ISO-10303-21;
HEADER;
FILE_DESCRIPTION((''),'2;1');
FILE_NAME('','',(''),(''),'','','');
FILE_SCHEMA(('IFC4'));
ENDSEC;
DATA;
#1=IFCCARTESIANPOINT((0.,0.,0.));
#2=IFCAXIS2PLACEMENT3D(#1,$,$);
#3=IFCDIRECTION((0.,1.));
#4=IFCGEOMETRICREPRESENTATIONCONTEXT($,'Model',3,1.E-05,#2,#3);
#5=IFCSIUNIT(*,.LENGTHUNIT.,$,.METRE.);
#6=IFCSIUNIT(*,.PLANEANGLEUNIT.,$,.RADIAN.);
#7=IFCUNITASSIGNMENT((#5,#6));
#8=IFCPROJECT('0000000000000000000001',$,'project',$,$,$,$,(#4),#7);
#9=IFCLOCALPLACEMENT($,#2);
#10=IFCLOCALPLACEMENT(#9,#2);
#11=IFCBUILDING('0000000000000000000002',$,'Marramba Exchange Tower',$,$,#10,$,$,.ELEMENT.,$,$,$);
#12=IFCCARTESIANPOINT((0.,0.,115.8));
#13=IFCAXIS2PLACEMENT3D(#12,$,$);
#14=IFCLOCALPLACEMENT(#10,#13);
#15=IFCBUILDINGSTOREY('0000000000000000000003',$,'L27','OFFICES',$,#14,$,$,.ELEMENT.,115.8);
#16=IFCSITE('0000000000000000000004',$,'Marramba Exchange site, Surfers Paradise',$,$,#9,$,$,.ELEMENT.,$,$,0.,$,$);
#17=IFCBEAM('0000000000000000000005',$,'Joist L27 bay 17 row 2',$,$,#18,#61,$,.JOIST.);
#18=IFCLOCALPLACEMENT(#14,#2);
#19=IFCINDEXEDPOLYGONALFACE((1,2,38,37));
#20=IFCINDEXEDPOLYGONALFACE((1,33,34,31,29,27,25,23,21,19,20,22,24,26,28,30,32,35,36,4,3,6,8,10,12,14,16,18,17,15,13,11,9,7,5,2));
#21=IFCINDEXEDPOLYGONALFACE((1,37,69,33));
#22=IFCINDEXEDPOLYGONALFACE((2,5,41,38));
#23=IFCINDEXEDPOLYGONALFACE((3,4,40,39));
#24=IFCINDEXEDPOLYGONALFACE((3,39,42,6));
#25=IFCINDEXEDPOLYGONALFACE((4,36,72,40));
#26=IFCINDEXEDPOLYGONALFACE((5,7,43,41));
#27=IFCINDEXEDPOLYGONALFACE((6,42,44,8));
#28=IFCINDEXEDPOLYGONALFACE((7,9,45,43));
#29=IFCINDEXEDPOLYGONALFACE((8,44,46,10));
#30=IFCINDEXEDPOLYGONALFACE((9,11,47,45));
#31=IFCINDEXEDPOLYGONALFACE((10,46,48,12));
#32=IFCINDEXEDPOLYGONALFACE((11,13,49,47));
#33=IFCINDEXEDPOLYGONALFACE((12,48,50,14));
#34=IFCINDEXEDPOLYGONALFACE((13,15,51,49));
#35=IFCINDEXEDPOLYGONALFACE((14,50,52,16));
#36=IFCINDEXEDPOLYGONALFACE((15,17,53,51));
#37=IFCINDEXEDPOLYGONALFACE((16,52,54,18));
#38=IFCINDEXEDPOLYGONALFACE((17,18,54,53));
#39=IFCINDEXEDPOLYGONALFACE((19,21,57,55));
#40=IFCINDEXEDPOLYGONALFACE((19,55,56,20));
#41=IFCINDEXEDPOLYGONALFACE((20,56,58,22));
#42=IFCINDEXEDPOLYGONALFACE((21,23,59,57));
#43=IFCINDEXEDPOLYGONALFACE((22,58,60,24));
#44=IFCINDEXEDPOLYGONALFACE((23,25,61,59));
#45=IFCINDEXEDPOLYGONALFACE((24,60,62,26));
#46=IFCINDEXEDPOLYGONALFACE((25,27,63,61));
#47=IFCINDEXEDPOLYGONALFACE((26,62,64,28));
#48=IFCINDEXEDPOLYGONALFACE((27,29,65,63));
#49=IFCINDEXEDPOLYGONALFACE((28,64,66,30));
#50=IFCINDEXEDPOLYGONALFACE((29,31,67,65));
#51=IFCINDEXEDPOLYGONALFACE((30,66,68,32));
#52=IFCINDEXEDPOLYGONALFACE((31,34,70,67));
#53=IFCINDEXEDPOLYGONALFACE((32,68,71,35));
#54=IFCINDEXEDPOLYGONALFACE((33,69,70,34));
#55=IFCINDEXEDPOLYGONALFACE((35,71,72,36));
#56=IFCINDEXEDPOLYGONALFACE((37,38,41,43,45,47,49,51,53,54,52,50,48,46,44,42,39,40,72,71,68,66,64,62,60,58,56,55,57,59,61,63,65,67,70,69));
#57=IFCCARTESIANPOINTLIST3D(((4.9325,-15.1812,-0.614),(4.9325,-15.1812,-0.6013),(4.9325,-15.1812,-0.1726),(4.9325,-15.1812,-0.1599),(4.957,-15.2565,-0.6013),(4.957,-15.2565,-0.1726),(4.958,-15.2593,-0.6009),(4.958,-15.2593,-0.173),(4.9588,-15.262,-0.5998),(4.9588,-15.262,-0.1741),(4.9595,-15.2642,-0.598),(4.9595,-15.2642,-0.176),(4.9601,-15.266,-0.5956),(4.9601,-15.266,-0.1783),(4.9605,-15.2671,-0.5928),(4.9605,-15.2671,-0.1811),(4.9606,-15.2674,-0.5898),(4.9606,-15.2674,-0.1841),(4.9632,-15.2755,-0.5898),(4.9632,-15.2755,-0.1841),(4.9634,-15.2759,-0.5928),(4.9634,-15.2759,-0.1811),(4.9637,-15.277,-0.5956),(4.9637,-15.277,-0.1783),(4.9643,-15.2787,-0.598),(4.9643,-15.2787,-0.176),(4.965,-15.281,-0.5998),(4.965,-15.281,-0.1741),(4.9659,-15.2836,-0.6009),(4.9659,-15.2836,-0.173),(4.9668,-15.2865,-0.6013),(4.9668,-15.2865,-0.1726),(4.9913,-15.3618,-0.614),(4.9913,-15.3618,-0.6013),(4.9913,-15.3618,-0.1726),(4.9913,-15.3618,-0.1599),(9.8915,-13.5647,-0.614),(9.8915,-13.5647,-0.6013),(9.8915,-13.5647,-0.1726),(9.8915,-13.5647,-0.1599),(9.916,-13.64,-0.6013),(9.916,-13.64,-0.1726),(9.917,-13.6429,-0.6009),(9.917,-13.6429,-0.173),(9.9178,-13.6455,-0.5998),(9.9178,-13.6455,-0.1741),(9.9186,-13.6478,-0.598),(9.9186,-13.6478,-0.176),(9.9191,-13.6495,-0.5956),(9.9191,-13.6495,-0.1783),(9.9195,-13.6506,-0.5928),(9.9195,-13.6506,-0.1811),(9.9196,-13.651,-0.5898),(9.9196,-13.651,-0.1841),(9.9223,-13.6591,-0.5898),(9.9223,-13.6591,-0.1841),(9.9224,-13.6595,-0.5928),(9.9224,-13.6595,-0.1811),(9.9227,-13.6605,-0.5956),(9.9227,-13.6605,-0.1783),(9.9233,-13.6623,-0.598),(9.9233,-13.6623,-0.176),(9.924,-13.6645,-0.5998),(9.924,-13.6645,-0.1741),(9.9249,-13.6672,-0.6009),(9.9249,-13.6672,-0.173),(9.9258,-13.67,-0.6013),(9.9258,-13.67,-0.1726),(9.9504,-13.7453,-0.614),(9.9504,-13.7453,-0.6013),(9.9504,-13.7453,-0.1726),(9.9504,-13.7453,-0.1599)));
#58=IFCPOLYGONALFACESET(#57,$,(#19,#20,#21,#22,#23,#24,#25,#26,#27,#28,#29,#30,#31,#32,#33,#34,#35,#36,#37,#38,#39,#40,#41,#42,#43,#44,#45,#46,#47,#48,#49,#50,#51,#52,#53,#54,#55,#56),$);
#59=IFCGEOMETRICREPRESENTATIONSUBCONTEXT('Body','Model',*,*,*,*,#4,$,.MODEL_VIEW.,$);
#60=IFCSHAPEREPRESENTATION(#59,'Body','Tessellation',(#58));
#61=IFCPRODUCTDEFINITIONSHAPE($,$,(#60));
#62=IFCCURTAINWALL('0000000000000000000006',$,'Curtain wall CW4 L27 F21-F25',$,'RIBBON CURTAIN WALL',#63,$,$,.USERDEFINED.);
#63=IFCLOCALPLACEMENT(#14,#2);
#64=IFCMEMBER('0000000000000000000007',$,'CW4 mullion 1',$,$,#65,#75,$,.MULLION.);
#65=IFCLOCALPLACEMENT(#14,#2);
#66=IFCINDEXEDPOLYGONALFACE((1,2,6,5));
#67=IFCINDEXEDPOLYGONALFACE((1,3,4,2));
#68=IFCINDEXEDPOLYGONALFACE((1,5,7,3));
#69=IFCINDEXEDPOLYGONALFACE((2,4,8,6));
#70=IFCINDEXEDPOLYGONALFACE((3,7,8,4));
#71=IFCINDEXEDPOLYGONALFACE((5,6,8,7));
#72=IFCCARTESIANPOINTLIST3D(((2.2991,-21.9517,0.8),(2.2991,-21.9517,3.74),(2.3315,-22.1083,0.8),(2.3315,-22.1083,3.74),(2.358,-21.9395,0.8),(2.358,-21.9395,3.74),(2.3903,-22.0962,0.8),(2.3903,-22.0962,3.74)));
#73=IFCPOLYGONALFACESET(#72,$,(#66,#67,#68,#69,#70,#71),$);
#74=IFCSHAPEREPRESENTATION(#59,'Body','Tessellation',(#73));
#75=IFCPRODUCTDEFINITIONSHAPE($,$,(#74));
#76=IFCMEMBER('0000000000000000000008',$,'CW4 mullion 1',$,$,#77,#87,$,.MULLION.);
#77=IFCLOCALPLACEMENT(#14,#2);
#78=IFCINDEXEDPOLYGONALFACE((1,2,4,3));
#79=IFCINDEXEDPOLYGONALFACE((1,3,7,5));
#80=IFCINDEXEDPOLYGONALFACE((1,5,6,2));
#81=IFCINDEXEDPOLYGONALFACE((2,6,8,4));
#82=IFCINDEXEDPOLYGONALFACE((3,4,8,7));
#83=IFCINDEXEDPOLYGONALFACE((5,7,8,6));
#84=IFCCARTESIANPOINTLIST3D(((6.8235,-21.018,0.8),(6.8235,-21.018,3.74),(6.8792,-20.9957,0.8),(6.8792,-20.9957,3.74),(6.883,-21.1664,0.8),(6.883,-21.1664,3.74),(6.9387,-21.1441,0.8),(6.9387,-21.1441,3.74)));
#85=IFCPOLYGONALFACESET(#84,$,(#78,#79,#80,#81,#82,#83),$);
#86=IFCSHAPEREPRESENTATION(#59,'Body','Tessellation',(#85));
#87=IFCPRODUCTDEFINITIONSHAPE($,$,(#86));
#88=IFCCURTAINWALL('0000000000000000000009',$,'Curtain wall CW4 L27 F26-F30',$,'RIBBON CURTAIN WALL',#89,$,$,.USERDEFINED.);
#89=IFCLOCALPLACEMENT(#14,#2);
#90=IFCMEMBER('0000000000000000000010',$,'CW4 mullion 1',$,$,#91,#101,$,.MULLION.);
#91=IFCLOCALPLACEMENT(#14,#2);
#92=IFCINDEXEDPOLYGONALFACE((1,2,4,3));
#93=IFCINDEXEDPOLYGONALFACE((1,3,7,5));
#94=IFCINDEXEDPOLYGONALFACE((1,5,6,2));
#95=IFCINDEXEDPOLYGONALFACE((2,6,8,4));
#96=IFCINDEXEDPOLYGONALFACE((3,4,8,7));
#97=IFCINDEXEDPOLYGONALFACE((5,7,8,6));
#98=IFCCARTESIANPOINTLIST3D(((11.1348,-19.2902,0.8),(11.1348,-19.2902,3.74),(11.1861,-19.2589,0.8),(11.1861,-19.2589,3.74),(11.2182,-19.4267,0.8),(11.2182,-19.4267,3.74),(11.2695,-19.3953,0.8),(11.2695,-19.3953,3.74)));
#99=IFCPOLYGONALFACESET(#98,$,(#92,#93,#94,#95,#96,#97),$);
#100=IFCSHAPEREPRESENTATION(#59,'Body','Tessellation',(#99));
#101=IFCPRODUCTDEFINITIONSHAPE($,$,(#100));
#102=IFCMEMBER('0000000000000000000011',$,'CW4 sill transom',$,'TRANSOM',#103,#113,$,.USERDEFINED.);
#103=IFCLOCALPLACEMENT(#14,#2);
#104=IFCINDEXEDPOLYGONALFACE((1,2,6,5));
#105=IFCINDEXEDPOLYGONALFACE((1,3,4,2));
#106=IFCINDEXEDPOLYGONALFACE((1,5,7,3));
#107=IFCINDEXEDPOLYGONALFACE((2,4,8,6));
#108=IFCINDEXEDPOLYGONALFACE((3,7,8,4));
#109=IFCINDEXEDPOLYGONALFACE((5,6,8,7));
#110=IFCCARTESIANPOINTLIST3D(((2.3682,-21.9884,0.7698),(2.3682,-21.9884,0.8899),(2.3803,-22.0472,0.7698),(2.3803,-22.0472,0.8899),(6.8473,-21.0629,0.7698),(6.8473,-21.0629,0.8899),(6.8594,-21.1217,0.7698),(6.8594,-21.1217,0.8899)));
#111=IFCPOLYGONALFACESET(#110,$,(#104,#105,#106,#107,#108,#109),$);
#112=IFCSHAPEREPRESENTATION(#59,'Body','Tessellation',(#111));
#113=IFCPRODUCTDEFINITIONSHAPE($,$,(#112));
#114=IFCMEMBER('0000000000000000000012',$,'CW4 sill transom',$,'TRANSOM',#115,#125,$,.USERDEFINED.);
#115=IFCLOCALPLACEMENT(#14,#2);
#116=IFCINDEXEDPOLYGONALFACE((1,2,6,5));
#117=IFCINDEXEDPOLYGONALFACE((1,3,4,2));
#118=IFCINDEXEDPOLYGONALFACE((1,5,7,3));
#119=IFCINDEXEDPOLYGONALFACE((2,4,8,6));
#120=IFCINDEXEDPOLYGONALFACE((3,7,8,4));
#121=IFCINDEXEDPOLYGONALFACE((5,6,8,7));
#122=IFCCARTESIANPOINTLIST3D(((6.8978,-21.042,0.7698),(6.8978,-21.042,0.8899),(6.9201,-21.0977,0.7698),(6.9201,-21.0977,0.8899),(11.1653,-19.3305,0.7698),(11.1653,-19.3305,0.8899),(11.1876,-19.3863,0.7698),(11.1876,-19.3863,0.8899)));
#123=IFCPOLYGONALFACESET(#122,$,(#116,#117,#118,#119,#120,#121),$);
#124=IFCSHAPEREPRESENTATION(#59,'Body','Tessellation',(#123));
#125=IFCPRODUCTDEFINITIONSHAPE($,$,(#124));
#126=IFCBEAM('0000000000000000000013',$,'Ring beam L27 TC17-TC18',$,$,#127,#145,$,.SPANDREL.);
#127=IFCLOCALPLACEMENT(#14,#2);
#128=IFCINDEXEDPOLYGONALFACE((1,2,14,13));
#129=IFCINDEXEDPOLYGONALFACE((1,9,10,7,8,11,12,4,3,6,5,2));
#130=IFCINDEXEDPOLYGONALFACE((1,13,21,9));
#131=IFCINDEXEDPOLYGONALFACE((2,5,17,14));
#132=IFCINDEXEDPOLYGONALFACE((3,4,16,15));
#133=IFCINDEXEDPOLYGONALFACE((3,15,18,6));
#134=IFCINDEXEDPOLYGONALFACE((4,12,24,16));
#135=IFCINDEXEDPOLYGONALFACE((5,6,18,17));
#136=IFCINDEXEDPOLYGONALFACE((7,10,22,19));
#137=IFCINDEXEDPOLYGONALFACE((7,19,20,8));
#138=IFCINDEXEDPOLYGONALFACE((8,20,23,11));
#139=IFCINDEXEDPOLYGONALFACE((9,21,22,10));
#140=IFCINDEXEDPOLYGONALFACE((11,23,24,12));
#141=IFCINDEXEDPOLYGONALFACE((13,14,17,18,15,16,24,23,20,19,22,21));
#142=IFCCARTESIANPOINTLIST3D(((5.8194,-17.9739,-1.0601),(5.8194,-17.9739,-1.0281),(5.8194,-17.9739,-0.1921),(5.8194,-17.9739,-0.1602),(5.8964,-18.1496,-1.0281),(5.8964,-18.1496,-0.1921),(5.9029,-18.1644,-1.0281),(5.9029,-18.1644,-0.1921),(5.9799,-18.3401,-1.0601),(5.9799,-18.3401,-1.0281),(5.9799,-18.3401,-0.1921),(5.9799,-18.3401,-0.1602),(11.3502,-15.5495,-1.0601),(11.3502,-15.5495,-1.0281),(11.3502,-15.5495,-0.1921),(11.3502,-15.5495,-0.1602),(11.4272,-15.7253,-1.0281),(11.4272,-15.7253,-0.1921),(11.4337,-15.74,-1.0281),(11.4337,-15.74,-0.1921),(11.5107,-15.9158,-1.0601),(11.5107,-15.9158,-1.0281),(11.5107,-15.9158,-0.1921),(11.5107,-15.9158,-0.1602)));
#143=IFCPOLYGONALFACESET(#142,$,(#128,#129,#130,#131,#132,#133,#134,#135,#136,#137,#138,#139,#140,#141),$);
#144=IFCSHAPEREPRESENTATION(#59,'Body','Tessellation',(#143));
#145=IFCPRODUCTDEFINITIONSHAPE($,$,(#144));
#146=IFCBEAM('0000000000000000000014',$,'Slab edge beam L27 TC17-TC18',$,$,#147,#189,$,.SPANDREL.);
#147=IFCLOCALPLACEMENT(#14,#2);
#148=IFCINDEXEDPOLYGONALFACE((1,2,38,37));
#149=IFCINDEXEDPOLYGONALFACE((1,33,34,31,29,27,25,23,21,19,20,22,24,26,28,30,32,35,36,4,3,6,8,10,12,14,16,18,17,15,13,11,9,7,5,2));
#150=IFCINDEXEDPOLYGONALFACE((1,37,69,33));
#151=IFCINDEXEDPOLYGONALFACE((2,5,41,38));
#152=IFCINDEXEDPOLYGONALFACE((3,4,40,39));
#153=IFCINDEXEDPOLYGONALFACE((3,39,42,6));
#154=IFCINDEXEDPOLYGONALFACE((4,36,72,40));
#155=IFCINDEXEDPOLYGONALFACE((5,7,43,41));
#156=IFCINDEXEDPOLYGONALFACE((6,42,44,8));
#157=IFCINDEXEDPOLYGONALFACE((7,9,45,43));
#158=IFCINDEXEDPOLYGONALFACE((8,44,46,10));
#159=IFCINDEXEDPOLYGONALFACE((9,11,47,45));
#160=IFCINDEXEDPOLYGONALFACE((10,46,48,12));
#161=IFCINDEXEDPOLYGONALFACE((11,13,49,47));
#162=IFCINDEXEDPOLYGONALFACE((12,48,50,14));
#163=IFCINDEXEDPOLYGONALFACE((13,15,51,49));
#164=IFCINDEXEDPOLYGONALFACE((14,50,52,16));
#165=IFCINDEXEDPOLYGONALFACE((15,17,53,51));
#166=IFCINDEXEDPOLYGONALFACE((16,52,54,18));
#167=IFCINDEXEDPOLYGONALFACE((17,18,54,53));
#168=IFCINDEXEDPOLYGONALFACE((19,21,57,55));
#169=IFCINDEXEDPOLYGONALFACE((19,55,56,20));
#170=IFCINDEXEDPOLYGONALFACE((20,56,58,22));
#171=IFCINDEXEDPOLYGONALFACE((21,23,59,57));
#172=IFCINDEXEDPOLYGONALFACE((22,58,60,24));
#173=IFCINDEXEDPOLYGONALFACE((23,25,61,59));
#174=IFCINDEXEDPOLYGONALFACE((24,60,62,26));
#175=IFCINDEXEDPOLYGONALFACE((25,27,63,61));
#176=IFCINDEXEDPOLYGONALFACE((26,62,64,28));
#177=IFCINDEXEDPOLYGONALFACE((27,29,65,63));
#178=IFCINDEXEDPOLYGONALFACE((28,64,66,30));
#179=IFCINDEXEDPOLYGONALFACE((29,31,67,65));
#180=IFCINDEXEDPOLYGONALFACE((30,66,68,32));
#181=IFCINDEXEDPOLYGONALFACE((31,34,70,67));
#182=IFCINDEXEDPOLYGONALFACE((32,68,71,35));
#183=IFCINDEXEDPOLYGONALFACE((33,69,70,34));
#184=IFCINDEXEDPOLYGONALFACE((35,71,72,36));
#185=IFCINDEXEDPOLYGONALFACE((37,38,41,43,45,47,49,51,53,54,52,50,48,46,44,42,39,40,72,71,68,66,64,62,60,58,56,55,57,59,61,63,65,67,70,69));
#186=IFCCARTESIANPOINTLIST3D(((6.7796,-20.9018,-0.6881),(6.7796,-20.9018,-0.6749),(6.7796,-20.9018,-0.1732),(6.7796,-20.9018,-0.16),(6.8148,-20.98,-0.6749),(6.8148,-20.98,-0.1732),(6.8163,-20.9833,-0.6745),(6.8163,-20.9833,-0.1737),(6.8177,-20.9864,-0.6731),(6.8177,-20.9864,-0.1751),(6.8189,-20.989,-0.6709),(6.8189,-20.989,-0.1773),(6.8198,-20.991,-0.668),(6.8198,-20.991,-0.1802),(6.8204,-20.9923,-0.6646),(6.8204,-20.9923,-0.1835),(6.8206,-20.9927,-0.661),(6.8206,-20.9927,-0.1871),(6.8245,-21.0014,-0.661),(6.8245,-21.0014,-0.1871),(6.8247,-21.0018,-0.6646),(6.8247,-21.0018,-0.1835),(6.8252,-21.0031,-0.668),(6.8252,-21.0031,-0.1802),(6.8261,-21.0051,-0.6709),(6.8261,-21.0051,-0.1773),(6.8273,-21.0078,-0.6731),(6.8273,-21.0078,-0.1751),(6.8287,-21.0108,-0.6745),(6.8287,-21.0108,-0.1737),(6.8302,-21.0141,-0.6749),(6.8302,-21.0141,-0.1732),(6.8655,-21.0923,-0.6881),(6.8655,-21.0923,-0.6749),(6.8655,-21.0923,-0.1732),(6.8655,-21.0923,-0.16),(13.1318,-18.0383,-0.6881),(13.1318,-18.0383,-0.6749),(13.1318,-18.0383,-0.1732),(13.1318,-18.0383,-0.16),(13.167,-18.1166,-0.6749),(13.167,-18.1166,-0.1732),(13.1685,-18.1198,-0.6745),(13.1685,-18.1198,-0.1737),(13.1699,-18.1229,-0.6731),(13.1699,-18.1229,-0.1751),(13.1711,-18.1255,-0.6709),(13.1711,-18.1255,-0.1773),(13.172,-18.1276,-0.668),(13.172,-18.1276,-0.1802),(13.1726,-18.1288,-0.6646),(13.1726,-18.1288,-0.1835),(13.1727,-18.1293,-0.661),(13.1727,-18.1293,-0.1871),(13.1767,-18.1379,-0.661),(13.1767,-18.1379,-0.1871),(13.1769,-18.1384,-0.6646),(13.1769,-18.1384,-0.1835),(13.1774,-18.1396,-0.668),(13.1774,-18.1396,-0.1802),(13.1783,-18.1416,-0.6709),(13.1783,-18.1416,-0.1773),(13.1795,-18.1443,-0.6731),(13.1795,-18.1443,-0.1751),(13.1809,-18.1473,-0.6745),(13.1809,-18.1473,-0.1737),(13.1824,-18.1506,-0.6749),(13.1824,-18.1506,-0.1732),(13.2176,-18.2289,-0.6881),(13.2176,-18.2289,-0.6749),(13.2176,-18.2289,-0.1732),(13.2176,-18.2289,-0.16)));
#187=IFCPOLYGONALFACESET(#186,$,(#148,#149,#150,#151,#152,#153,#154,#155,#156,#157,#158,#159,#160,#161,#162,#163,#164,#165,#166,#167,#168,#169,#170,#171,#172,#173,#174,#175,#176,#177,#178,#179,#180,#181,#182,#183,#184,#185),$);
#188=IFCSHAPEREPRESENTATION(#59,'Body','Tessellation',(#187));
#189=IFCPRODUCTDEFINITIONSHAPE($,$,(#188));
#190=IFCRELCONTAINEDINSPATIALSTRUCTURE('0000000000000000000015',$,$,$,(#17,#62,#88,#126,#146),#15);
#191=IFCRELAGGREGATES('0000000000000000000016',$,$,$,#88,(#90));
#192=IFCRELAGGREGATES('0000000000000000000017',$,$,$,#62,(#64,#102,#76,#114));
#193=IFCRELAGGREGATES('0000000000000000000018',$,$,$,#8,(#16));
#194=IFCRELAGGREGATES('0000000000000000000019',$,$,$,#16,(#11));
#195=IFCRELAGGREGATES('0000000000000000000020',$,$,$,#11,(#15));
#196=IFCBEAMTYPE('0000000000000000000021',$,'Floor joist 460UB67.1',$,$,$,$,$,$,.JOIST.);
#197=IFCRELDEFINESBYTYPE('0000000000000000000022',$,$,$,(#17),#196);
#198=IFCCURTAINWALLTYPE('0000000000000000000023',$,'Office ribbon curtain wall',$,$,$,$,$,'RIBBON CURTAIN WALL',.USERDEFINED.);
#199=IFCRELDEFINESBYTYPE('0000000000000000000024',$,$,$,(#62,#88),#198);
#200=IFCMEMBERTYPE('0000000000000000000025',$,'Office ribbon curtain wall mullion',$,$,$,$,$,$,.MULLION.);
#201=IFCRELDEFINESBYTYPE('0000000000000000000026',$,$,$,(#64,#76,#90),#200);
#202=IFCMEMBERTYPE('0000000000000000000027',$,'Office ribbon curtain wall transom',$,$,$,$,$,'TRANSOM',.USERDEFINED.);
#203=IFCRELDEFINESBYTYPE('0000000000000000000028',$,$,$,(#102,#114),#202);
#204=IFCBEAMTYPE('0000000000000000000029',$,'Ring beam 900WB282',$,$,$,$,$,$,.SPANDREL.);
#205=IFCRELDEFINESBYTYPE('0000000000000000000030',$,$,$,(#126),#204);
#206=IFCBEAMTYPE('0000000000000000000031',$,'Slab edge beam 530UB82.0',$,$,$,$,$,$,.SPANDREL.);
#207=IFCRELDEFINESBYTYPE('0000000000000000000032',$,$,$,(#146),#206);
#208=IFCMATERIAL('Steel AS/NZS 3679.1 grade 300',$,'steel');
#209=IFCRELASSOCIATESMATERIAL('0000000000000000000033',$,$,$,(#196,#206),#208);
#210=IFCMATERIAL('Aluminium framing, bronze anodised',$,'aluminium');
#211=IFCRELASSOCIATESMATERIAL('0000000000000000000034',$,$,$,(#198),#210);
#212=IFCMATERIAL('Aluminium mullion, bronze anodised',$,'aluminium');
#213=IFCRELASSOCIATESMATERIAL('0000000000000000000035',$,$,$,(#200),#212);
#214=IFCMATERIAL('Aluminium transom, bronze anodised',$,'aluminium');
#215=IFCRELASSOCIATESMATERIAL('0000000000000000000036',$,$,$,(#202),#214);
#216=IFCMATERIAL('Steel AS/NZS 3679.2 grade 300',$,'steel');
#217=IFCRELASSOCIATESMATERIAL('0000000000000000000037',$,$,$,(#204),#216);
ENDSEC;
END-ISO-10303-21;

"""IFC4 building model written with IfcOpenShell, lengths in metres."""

from ifc_helpers import new_model, si_unit, direction, frame, origin, origin_2d, place, context, subcontext, project, spatial, rectangle, i_section, extrude, material, material_profile, profile_set, type_object, element, aggregate, save


model = new_model("IFC4")

# Units and contexts
model_context = context("Model", 3, precision=1e-05, world=origin(), true_north=direction((0.0, 1.0)))
body_context = subcontext(model_context, "Body", "Model", "MODEL_VIEW")
ifc_project = project(units=[si_unit("LENGTHUNIT", "METRE"), si_unit("PLANEANGLEUNIT", "RADIAN")], contexts=[model_context])

# Site, building, storey
site_placement = place(None, origin())
site = spatial("IfcSite", under=ifc_project, at=site_placement, Name="Marramba Exchange site, Surfers Paradise", CompositionType="ELEMENT", RefElevation=0.0)
building_placement = place(site_placement, origin())
building = spatial("IfcBuilding", under=site, at=building_placement, Name="Marramba Exchange Tower", CompositionType="ELEMENT")
storey_placement = place(building_placement, frame((0.0, 0.0, 115.8)))
storey = spatial("IfcBuildingStorey", under=building, at=storey_placement, Name="L27", Description="OFFICES", CompositionType="ELEMENT", Elevation=115.8)

# Beam
ifc_material_1 = material(Name="Steel AS/NZS 3679.2 grade 300", Category="steel")
ifc_material_2 = material(Name="Steel AS/NZS 3679.1 grade 300", Category="steel")
ifc_material_profile_1 = material_profile(ifc_material_2, i_section(OverallWidth=0.1899, OverallDepth=0.4541, WebThickness=0.0085, FlangeThickness=0.0127, FilletRadius=0.0115, at=origin_2d()), Name="460UB67.1")
ifc_profile_set_1 = profile_set([ifc_material_profile_1], Name="Steel AS/NZS 3679.1 grade 300")
beam_type_1 = type_object("IfcBeamType", Name="Floor joist 460UB67.1", PredefinedType="JOIST", material=ifc_profile_set_1)
beam_1_placement = place(storey_placement, frame((4.9619, -15.2715, -0.387), z_axis=(0.950764, 0.309916, 0.0), x_axis=(-0.309916, 0.950764, 0.0)))
element("IfcBeam", 1, at=beam_1_placement, inside=storey, type_object=beam_type_1, Name="Joist L27 bay 17 row 2", PredefinedType="JOIST", context=body_context, shape_type="SweptSolid", body=[
    extrude(i_section(OverallWidth=0.1899, OverallDepth=0.4541, WebThickness=0.0085, FlangeThickness=0.0127, FilletRadius=0.0115, at=origin_2d()), origin(), (0.0, 0.0, 1.0), 5.2158),
])

# Curtain wall, members
ifc_material_3 = material(Name="Aluminium framing, bronze anodised", Category="aluminium")
curtain_wall_type = type_object("IfcCurtainWallType", Name="Office ribbon curtain wall", ElementType="RIBBON CURTAIN WALL", PredefinedType="USERDEFINED", material=ifc_material_3)
curtain_wall_1_placement = place(storey_placement, origin())
curtain_wall_1 = element("IfcCurtainWall", 2, at=curtain_wall_1_placement, inside=storey, type_object=curtain_wall_type, Name="Curtain wall CW4 L27 F21-F25", ObjectType="RIBBON CURTAIN WALL", PredefinedType="USERDEFINED")
ifc_material_4 = material(Name="Aluminium mullion, bronze anodised", Category="aluminium")
ifc_material_profile_2 = material_profile(ifc_material_4, rectangle(XDim=0.1599, YDim=0.0601, at=origin_2d()), Name="CW4 mullion 60x160")
ifc_profile_set_2 = profile_set([ifc_material_profile_2], Name="Aluminium mullion, bronze anodised")
member_type_1 = type_object("IfcMemberType", Name="Office ribbon curtain wall mullion", PredefinedType="MULLION", material=ifc_profile_set_2)
member_1_placement = place(storey_placement, frame((2.3447, -22.0239, 0.8), z_axis=(0.0, 0.0, 1.0), x_axis=(-0.202365, 0.97931, 0.0)))
member_1 = element("IfcMember", 3, at=member_1_placement, type_object=member_type_1, Name="CW4 mullion 1", PredefinedType="MULLION", context=body_context, shape_type="SweptSolid", body=[
    extrude(rectangle(XDim=0.1599, YDim=0.0601, at=origin_2d()), origin(), (0.0, 0.0, 1.0), 2.9399),
])
member_2_placement = place(storey_placement, frame((6.8811, -21.0811, 0.8), z_axis=(0.0, 0.0, 1.0), x_axis=(-0.372209, 0.928149, 0.0)))
member_2 = element("IfcMember", 4, at=member_2_placement, type_object=member_type_1, Name="CW4 mullion 1", PredefinedType="MULLION", context=body_context, shape_type="SweptSolid", body=[
    extrude(rectangle(XDim=0.1599, YDim=0.0601, at=origin_2d()), origin(), (0.0, 0.0, 1.0), 2.9399),
])

# Curtain wall, member
curtain_wall_2_placement = place(storey_placement, origin())
curtain_wall_2 = element("IfcCurtainWall", 5, at=curtain_wall_2_placement, inside=storey, type_object=curtain_wall_type, Name="Curtain wall CW4 L27 F26-F30", ObjectType="RIBBON CURTAIN WALL", PredefinedType="USERDEFINED")
member_3_placement = place(storey_placement, frame((11.2021, -19.3428, 0.8), z_axis=(0.0, 0.0, 1.0), x_axis=(-0.521733, 0.853109, 0.0)))
member_3 = element("IfcMember", 6, at=member_3_placement, type_object=member_type_1, Name="CW4 mullion 1", PredefinedType="MULLION", context=body_context, shape_type="SweptSolid", body=[
    extrude(rectangle(XDim=0.1599, YDim=0.0601, at=origin_2d()), origin(), (0.0, 0.0, 1.0), 2.9399),
])
aggregate(curtain_wall_2, [member_3])

# Members
ifc_material_5 = material(Name="Aluminium transom, bronze anodised", Category="aluminium")
ifc_material_profile_3 = material_profile(ifc_material_5, rectangle(XDim=0.0601, YDim=0.1201, at=origin_2d()), Name="CW4 transom 60x120")
ifc_profile_set_3 = profile_set([ifc_material_profile_3], Name="Aluminium transom, bronze anodised")
member_type_2 = type_object("IfcMemberType", Name="Office ribbon curtain wall transom", ElementType="TRANSOM", PredefinedType="USERDEFINED", material=ifc_profile_set_3)
member_4_placement = place(storey_placement, frame((2.3743, -22.0178, 0.8298), z_axis=(0.97931, 0.202364, 0.0), x_axis=(-0.202364, 0.97931, 0.0)))
member_4 = element("IfcMember", 7, at=member_4_placement, type_object=member_type_2, Name="CW4 sill transom", ObjectType="TRANSOM", PredefinedType="USERDEFINED", context=body_context, shape_type="SweptSolid", body=[
    extrude(rectangle(XDim=0.0601, YDim=0.1201, at=origin_2d()), origin(), (0.0, 0.0, 1.0), 4.5737),
])
member_5_placement = place(storey_placement, frame((6.9089, -21.0698, 0.8298), z_axis=(0.928147, 0.372214, 0.0), x_axis=(-0.372214, 0.928147, 0.0)))
member_5 = element("IfcMember", 8, at=member_5_placement, type_object=member_type_2, Name="CW4 sill transom", ObjectType="TRANSOM", PredefinedType="USERDEFINED", context=body_context, shape_type="SweptSolid", body=[
    extrude(rectangle(XDim=0.0601, YDim=0.1201, at=origin_2d()), origin(), (0.0, 0.0, 1.0), 4.5979),
])

# Beams
ifc_material_profile_4 = material_profile(ifc_material_1, i_section(OverallWidth=0.3999, OverallDepth=0.8999, WebThickness=0.0161, FlangeThickness=0.032, at=origin_2d()), Name="900WB282")
ifc_profile_set_4 = profile_set([ifc_material_profile_4], Name="Steel AS/NZS 3679.2 grade 300")
beam_type_2 = type_object("IfcBeamType", Name="Ring beam 900WB282", PredefinedType="SPANDREL", material=ifc_profile_set_4)
beam_2_placement = place(storey_placement, frame((5.8997, -18.157, -0.6101), z_axis=(0.915877, 0.401459, 0.0), x_axis=(-0.401459, 0.915877, 0.0)))
element("IfcBeam", 9, at=beam_2_placement, inside=storey, type_object=beam_type_2, Name="Ring beam L27 TC17-TC18", PredefinedType="SPANDREL", context=body_context, shape_type="SweptSolid", body=[
    extrude(i_section(OverallWidth=0.3999, OverallDepth=0.8999, WebThickness=0.0161, FlangeThickness=0.032, at=origin_2d()), origin(), (0.0, 0.0, 1.0), 6.0388),
])
ifc_material_profile_5 = material_profile(ifc_material_2, i_section(OverallWidth=0.209, OverallDepth=0.5281, WebThickness=0.0095, FlangeThickness=0.0132, FilletRadius=0.0139, at=origin_2d()), Name="530UB82.0")
ifc_profile_set_5 = profile_set([ifc_material_profile_5], Name="Steel AS/NZS 3679.1 grade 300")
beam_type_3 = type_object("IfcBeamType", Name="Slab edge beam 530UB82.0", PredefinedType="SPANDREL", material=ifc_profile_set_5)
beam_3_placement = place(storey_placement, frame((6.8225, -20.9971, -0.4241), z_axis=(0.911653, 0.41096, 0.0), x_axis=(-0.41096, 0.911653, 0.0)))
element("IfcBeam", 10, at=beam_3_placement, inside=storey, type_object=beam_type_3, Name="Slab edge beam L27 TC17-TC18", PredefinedType="SPANDREL", context=body_context, shape_type="SweptSolid", body=[
    extrude(i_section(OverallWidth=0.209, OverallDepth=0.5281, WebThickness=0.0095, FlangeThickness=0.0132, FilletRadius=0.0139, at=origin_2d()), origin(), (0.0, 0.0, 1.0), 6.9678),
])

aggregate(curtain_wall_1, [member_1, member_4, member_2, member_5])

save(model, "model.ifc")
